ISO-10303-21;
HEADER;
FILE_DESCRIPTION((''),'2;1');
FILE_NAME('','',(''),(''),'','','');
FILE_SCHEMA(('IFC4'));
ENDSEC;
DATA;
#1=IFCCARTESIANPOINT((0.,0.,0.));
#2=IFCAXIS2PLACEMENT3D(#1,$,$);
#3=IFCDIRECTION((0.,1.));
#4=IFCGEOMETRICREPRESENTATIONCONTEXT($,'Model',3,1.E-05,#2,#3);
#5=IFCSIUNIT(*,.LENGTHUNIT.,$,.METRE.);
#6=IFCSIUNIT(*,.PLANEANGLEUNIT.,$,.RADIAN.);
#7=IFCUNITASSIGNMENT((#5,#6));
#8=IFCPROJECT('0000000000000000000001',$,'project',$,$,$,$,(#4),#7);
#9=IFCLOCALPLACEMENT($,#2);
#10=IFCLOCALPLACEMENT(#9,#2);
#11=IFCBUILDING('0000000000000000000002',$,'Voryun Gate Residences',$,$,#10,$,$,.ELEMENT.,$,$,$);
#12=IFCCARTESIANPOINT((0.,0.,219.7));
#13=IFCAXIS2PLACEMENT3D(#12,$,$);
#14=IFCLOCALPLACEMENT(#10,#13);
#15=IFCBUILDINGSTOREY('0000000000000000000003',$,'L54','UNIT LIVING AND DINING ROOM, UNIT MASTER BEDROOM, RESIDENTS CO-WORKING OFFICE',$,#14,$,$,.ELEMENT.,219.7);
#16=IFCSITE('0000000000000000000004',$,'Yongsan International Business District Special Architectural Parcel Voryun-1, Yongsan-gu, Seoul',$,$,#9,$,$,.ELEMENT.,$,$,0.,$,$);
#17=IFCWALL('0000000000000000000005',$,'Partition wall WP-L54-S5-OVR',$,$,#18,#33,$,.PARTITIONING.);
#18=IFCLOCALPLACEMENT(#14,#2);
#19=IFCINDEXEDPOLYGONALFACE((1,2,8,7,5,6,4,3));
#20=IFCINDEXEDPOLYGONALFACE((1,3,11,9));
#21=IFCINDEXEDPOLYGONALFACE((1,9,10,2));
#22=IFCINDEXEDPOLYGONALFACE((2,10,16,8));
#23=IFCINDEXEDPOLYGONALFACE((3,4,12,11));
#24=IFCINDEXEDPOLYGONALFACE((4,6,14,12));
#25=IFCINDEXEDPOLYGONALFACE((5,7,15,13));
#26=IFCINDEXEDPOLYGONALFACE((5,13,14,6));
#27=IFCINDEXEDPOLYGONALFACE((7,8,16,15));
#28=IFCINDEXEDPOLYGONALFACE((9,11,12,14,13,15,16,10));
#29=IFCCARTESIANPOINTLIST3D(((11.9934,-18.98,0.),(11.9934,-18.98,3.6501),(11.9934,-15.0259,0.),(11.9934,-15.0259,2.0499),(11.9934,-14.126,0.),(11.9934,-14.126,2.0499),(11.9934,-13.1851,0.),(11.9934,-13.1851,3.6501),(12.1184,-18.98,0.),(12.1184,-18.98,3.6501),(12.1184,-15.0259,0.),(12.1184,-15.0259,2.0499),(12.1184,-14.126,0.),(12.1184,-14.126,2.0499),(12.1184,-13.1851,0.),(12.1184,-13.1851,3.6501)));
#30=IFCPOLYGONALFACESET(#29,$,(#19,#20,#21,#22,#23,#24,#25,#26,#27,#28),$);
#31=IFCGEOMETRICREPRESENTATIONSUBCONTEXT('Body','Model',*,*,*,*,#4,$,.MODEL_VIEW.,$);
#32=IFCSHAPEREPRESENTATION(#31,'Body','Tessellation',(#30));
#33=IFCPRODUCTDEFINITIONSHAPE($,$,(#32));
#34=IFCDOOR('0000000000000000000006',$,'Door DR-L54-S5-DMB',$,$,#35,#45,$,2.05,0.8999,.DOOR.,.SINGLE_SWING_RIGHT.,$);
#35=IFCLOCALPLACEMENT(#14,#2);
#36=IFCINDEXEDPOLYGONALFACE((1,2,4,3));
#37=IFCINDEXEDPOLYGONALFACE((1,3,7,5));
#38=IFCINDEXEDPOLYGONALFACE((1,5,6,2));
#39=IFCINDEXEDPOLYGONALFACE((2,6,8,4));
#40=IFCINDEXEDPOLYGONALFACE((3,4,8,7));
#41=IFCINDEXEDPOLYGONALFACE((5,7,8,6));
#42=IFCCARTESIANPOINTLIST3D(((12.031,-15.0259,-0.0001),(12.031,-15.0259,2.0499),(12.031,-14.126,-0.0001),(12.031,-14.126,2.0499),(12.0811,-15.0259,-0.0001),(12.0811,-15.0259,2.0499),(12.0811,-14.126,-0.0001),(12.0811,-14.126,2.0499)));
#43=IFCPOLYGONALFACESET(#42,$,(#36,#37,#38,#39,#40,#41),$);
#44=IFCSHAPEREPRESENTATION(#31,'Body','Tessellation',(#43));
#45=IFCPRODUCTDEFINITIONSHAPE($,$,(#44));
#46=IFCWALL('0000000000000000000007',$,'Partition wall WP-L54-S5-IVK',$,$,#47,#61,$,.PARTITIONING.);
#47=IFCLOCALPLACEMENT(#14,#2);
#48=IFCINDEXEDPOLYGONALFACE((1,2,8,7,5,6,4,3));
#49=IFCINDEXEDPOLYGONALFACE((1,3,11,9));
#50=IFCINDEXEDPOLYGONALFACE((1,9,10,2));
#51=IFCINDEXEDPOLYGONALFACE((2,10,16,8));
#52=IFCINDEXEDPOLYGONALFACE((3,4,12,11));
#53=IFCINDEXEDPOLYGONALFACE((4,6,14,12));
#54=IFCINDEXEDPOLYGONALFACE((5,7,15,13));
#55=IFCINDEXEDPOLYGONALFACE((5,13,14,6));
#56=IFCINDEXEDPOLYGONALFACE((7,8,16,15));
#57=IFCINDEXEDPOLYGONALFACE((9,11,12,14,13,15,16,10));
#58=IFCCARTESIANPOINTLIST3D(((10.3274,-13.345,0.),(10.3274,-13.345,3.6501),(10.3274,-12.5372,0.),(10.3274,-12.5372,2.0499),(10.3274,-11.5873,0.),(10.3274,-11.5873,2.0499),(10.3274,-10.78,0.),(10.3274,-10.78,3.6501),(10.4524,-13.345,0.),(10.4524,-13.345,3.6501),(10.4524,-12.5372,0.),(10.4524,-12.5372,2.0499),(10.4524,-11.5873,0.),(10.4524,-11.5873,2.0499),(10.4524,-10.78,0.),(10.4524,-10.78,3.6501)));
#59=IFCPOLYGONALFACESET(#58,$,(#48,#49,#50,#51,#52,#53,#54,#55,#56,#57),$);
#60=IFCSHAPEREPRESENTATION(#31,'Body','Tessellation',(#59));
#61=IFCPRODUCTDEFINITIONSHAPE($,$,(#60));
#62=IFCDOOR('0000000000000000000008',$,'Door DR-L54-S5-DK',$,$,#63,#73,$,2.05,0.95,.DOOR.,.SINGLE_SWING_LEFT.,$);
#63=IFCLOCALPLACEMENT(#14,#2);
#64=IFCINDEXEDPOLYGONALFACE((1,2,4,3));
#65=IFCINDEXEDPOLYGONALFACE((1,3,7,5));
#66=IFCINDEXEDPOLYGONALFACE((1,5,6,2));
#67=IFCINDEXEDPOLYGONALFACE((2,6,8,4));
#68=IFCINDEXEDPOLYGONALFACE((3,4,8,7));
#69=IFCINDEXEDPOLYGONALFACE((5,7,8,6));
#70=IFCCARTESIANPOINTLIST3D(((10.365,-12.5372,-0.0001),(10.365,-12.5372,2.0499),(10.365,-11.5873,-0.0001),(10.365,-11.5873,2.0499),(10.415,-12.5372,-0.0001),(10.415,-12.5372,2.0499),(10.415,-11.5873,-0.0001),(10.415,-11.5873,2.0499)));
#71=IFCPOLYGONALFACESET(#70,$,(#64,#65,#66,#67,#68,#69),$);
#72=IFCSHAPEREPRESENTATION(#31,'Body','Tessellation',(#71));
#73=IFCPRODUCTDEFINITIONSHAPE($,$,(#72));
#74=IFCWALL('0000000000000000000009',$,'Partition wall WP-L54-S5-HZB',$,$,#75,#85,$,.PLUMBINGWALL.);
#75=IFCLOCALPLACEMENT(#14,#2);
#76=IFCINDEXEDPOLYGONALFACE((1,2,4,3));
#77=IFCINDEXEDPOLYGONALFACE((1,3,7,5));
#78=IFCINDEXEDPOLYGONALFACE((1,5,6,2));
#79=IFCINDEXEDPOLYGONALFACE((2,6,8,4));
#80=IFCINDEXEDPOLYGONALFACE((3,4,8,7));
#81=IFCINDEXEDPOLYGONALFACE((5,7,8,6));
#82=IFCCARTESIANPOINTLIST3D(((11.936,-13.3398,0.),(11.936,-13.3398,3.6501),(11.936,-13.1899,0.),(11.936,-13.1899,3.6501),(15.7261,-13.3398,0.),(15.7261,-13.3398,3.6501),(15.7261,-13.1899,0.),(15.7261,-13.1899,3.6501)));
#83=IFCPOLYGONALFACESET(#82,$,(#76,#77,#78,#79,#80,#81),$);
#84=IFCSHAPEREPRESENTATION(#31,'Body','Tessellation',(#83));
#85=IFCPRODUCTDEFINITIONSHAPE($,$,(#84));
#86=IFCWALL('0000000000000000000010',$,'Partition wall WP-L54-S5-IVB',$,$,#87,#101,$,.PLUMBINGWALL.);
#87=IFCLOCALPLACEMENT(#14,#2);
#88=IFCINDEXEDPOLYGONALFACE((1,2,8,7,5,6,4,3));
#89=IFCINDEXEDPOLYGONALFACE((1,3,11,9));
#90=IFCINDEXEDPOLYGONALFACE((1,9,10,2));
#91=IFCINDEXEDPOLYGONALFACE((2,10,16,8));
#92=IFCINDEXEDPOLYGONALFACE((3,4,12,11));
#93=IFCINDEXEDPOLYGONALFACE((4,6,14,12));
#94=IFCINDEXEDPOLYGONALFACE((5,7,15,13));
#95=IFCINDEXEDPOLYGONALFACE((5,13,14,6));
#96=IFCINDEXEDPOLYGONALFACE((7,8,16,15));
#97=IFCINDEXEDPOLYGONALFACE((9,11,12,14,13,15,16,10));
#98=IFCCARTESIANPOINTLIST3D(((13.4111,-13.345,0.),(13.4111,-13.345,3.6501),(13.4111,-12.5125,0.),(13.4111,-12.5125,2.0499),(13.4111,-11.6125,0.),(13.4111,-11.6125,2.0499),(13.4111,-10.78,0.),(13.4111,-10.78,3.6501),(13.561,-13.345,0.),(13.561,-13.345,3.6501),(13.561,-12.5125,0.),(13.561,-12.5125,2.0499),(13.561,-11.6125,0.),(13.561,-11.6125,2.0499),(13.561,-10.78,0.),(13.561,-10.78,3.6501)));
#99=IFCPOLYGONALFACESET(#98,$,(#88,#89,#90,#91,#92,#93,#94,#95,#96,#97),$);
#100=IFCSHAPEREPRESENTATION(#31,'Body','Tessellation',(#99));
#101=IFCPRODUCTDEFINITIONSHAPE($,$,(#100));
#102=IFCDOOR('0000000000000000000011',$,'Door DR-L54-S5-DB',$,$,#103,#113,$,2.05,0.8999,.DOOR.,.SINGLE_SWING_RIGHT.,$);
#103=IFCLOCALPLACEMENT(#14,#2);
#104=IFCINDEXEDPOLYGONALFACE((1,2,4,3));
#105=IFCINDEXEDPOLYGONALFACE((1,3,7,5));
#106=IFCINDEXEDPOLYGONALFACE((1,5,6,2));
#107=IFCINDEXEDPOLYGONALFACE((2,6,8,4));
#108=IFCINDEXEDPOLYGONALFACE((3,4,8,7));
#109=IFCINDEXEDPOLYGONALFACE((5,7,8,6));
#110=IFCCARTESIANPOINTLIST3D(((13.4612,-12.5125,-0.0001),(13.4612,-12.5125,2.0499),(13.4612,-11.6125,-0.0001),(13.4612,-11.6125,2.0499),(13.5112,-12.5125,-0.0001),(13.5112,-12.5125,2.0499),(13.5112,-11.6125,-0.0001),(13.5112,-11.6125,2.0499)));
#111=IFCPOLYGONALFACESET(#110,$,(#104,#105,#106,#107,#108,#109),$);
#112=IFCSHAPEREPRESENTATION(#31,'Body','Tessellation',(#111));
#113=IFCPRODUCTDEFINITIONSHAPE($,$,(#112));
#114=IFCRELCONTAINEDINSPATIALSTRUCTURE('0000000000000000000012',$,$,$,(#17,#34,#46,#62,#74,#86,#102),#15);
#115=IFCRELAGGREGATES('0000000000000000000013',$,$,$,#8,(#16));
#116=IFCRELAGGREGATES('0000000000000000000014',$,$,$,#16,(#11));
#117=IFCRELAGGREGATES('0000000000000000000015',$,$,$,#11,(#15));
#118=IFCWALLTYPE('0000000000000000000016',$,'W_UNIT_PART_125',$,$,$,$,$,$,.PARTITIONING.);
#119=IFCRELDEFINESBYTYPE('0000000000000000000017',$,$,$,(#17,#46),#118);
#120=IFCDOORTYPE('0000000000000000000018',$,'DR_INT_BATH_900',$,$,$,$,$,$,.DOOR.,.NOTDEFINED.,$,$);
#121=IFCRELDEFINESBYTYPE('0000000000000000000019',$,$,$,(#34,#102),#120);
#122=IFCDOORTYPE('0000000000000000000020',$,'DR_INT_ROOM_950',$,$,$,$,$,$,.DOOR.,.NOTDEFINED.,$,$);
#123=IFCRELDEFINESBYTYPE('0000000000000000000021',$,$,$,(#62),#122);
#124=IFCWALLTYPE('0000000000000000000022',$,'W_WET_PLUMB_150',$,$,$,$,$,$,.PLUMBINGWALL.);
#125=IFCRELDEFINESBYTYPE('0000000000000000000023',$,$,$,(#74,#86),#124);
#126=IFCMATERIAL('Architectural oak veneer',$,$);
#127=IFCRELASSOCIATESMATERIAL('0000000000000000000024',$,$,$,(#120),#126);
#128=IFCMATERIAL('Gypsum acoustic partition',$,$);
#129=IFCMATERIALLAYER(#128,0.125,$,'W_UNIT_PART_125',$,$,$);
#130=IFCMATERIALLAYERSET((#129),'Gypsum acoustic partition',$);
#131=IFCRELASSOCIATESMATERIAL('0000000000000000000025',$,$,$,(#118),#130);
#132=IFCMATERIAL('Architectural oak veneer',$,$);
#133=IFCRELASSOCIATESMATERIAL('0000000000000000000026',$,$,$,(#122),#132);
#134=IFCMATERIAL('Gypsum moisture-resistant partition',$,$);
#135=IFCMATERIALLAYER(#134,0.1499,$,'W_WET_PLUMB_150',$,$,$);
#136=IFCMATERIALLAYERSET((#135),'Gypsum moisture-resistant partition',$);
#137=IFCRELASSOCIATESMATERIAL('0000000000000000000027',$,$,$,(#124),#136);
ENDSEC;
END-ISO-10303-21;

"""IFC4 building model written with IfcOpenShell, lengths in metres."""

from ifc_helpers import new_model, si_unit, direction, frame, frame_2d, origin, place, context, subcontext, project, spatial, rectangle, extrude, material, layer, layer_set, type_object, element, fill, save


model = new_model("IFC4")

# Units and contexts
model_context = context("Model", 3, precision=1e-05, world=origin(), true_north=direction((0.0, 1.0)))
body_context = subcontext(model_context, "Body", "Model", "MODEL_VIEW")
ifc_project = project(units=[si_unit("LENGTHUNIT", "METRE"), si_unit("PLANEANGLEUNIT", "RADIAN")], contexts=[model_context])

# Site, building, storey
site_placement = place(None, origin())
site = spatial("IfcSite", under=ifc_project, at=site_placement, Name="Yongsan International Business District Special Architectural Parcel Voryun-1, Yongsan-gu, Seoul", CompositionType="ELEMENT", RefElevation=0.0)
building_placement = place(site_placement, origin())
building = spatial("IfcBuilding", under=site, at=building_placement, Name="Voryun Gate Residences", CompositionType="ELEMENT")
storey_placement = place(building_placement, frame((0.0, 0.0, 219.7)))
storey = spatial("IfcBuildingStorey", under=building, at=storey_placement, Name="L54", Description="UNIT LIVING AND DINING ROOM, UNIT MASTER BEDROOM, RESIDENTS CO-WORKING OFFICE", CompositionType="ELEMENT", Elevation=219.7)

# Shared definitions
ifc_material_1 = material(Name="Architectural oak veneer")
door_type_1 = type_object("IfcDoorType", Name="DR_INT_BATH_900", OperationType="NOTDEFINED", PredefinedType="DOOR", material=ifc_material_1)

# Walls, openings, doors
ifc_material_2 = material(Name="Gypsum acoustic partition")
ifc_layer_1 = layer(ifc_material_2, 0.125, Name="W_UNIT_PART_125")
ifc_layer_set_1 = layer_set([ifc_layer_1], Name="Gypsum acoustic partition")
wall_type_1 = type_object("IfcWallType", Name="W_UNIT_PART_125", PredefinedType="PARTITIONING", material=ifc_layer_set_1)
wall_1_placement = place(storey_placement, frame((12.0559, -18.98, 0.0), z_axis=(0.0, 0.0, 1.0), x_axis=(0.0, 1.0, 0.0)))
wall_1 = element("IfcWall", 1, at=wall_1_placement, inside=storey, type_object=wall_type_1, Name="Partition wall WP-L54-S5-OVR", PredefinedType="PARTITIONING", context=body_context, shape_type="SweptSolid", body=[
    extrude(rectangle(XDim=5.7949, YDim=0.125, at=frame_2d((2.8975, 0.0))), origin(), (0.0, 0.0, 1.0), 3.6501),
])
opening_1_placement = place(wall_1_placement, frame((3.9541, 0.0, 0.0)))
opening_1 = element("IfcOpeningElement", 2, at=opening_1_placement, cuts=wall_1, PredefinedType="OPENING", context=body_context, shape_type="SweptSolid", body=[
    extrude(rectangle(XDim=0.8999, YDim=2.05, at=frame_2d((0.45, 1.0249))), frame((0.0, 0.0725, 0.0), z_axis=(0.0, -1.0, 0.0), x_axis=(1.0, 0.0, 0.0)), (0.0, 0.0, 1.0), 0.145),
])
door_1_placement = place(opening_1_placement, origin())
door_1 = element("IfcDoor", 3, at=door_1_placement, inside=storey, type_object=door_type_1, Name="Door DR-L54-S5-DMB", OperationType="SINGLE_SWING_RIGHT", OverallHeight=2.05, OverallWidth=0.8999, PredefinedType="DOOR", context=body_context, shape_type="SweptSolid", body=[
    extrude(rectangle(XDim=0.8999, YDim=2.05, at=frame_2d((0.45, 1.0249))), frame((0.0, 0.0249, 0.0), z_axis=(0.0, -1.0, 0.0), x_axis=(1.0, 0.0, 0.0)), (0.0, 0.0, 1.0), 0.05),
])
fill(opening_1, door_1)
wall_2_placement = place(storey_placement, frame((10.3899, -13.345, 0.0), z_axis=(0.0, 0.0, 1.0), x_axis=(0.0, 1.0, 0.0)))
wall_2 = element("IfcWall", 4, at=wall_2_placement, inside=storey, type_object=wall_type_1, Name="Partition wall WP-L54-S5-IVK", PredefinedType="PARTITIONING", context=body_context, shape_type="SweptSolid", body=[
    extrude(rectangle(XDim=2.5649, YDim=0.125, at=frame_2d((1.2825, 0.0))), origin(), (0.0, 0.0, 1.0), 3.6501),
])
opening_2_placement = place(wall_2_placement, frame((0.8076, 0.0, 0.0)))
opening_2 = element("IfcOpeningElement", 5, at=opening_2_placement, cuts=wall_2, PredefinedType="OPENING", context=body_context, shape_type="SweptSolid", body=[
    extrude(rectangle(XDim=0.95, YDim=2.05, at=frame_2d((0.4751, 1.0249))), frame((0.0, 0.0725, 0.0), z_axis=(0.0, -1.0, 0.0), x_axis=(1.0, 0.0, 0.0)), (0.0, 0.0, 1.0), 0.145),
])
ifc_material_3 = material(Name="Architectural oak veneer")
door_type_2 = type_object("IfcDoorType", Name="DR_INT_ROOM_950", OperationType="NOTDEFINED", PredefinedType="DOOR", material=ifc_material_3)
door_2_placement = place(opening_2_placement, origin())
door_2 = element("IfcDoor", 6, at=door_2_placement, inside=storey, type_object=door_type_2, Name="Door DR-L54-S5-DK", OperationType="SINGLE_SWING_LEFT", OverallHeight=2.05, OverallWidth=0.95, PredefinedType="DOOR", context=body_context, shape_type="SweptSolid", body=[
    extrude(rectangle(XDim=0.95, YDim=2.05, at=frame_2d((0.4751, 1.0249))), frame((0.0, 0.0249, 0.0), z_axis=(0.0, -1.0, 0.0), x_axis=(1.0, 0.0, 0.0)), (0.0, 0.0, 1.0), 0.05),
])
fill(opening_2, door_2)

# Wall
ifc_material_4 = material(Name="Gypsum moisture-resistant partition")
ifc_layer_2 = layer(ifc_material_4, 0.1499, Name="W_WET_PLUMB_150")
ifc_layer_set_2 = layer_set([ifc_layer_2], Name="Gypsum moisture-resistant partition")
wall_type_2 = type_object("IfcWallType", Name="W_WET_PLUMB_150", PredefinedType="PLUMBINGWALL", material=ifc_layer_set_2)
wall_3_placement = place(storey_placement, frame((11.936, -13.2649, 0.0), z_axis=(0.0, 0.0, 1.0), x_axis=(1.0, 0.0, 0.0)))
element("IfcWall", 7, at=wall_3_placement, inside=storey, type_object=wall_type_2, Name="Partition wall WP-L54-S5-HZB", PredefinedType="PLUMBINGWALL", context=body_context, shape_type="SweptSolid", body=[
    extrude(rectangle(XDim=3.79, YDim=0.1499, at=frame_2d((1.895, 0.0))), origin(), (0.0, 0.0, 1.0), 3.6501),
])

# Wall, opening, door
wall_4_placement = place(storey_placement, frame((13.4861, -13.345, 0.0), z_axis=(0.0, 0.0, 1.0), x_axis=(0.0, 1.0, 0.0)))
wall_4 = element("IfcWall", 8, at=wall_4_placement, inside=storey, type_object=wall_type_2, Name="Partition wall WP-L54-S5-IVB", PredefinedType="PLUMBINGWALL", context=body_context, shape_type="SweptSolid", body=[
    extrude(rectangle(XDim=2.5649, YDim=0.1499, at=frame_2d((1.2825, 0.0))), origin(), (0.0, 0.0, 1.0), 3.6501),
])
opening_3_placement = place(wall_4_placement, frame((0.8325, 0.0, 0.0)))
opening_3 = element("IfcOpeningElement", 9, at=opening_3_placement, cuts=wall_4, PredefinedType="OPENING", context=body_context, shape_type="SweptSolid", body=[
    extrude(rectangle(XDim=0.8999, YDim=2.05, at=frame_2d((0.45, 1.0249))), frame((0.0, 0.085, 0.0), z_axis=(0.0, -1.0, 0.0), x_axis=(1.0, 0.0, 0.0)), (0.0, 0.0, 1.0), 0.1699),
])
door_3_placement = place(opening_3_placement, origin())
door_3 = element("IfcDoor", 10, at=door_3_placement, inside=storey, type_object=door_type_1, Name="Door DR-L54-S5-DB", OperationType="SINGLE_SWING_RIGHT", OverallHeight=2.05, OverallWidth=0.8999, PredefinedType="DOOR", context=body_context, shape_type="SweptSolid", body=[
    extrude(rectangle(XDim=0.8999, YDim=2.05, at=frame_2d((0.45, 1.0249))), frame((0.0, 0.0249, 0.0), z_axis=(0.0, -1.0, 0.0), x_axis=(1.0, 0.0, 0.0)), (0.0, 0.0, 1.0), 0.05),
])
fill(opening_3, door_3)

save(model, "model.ifc")
